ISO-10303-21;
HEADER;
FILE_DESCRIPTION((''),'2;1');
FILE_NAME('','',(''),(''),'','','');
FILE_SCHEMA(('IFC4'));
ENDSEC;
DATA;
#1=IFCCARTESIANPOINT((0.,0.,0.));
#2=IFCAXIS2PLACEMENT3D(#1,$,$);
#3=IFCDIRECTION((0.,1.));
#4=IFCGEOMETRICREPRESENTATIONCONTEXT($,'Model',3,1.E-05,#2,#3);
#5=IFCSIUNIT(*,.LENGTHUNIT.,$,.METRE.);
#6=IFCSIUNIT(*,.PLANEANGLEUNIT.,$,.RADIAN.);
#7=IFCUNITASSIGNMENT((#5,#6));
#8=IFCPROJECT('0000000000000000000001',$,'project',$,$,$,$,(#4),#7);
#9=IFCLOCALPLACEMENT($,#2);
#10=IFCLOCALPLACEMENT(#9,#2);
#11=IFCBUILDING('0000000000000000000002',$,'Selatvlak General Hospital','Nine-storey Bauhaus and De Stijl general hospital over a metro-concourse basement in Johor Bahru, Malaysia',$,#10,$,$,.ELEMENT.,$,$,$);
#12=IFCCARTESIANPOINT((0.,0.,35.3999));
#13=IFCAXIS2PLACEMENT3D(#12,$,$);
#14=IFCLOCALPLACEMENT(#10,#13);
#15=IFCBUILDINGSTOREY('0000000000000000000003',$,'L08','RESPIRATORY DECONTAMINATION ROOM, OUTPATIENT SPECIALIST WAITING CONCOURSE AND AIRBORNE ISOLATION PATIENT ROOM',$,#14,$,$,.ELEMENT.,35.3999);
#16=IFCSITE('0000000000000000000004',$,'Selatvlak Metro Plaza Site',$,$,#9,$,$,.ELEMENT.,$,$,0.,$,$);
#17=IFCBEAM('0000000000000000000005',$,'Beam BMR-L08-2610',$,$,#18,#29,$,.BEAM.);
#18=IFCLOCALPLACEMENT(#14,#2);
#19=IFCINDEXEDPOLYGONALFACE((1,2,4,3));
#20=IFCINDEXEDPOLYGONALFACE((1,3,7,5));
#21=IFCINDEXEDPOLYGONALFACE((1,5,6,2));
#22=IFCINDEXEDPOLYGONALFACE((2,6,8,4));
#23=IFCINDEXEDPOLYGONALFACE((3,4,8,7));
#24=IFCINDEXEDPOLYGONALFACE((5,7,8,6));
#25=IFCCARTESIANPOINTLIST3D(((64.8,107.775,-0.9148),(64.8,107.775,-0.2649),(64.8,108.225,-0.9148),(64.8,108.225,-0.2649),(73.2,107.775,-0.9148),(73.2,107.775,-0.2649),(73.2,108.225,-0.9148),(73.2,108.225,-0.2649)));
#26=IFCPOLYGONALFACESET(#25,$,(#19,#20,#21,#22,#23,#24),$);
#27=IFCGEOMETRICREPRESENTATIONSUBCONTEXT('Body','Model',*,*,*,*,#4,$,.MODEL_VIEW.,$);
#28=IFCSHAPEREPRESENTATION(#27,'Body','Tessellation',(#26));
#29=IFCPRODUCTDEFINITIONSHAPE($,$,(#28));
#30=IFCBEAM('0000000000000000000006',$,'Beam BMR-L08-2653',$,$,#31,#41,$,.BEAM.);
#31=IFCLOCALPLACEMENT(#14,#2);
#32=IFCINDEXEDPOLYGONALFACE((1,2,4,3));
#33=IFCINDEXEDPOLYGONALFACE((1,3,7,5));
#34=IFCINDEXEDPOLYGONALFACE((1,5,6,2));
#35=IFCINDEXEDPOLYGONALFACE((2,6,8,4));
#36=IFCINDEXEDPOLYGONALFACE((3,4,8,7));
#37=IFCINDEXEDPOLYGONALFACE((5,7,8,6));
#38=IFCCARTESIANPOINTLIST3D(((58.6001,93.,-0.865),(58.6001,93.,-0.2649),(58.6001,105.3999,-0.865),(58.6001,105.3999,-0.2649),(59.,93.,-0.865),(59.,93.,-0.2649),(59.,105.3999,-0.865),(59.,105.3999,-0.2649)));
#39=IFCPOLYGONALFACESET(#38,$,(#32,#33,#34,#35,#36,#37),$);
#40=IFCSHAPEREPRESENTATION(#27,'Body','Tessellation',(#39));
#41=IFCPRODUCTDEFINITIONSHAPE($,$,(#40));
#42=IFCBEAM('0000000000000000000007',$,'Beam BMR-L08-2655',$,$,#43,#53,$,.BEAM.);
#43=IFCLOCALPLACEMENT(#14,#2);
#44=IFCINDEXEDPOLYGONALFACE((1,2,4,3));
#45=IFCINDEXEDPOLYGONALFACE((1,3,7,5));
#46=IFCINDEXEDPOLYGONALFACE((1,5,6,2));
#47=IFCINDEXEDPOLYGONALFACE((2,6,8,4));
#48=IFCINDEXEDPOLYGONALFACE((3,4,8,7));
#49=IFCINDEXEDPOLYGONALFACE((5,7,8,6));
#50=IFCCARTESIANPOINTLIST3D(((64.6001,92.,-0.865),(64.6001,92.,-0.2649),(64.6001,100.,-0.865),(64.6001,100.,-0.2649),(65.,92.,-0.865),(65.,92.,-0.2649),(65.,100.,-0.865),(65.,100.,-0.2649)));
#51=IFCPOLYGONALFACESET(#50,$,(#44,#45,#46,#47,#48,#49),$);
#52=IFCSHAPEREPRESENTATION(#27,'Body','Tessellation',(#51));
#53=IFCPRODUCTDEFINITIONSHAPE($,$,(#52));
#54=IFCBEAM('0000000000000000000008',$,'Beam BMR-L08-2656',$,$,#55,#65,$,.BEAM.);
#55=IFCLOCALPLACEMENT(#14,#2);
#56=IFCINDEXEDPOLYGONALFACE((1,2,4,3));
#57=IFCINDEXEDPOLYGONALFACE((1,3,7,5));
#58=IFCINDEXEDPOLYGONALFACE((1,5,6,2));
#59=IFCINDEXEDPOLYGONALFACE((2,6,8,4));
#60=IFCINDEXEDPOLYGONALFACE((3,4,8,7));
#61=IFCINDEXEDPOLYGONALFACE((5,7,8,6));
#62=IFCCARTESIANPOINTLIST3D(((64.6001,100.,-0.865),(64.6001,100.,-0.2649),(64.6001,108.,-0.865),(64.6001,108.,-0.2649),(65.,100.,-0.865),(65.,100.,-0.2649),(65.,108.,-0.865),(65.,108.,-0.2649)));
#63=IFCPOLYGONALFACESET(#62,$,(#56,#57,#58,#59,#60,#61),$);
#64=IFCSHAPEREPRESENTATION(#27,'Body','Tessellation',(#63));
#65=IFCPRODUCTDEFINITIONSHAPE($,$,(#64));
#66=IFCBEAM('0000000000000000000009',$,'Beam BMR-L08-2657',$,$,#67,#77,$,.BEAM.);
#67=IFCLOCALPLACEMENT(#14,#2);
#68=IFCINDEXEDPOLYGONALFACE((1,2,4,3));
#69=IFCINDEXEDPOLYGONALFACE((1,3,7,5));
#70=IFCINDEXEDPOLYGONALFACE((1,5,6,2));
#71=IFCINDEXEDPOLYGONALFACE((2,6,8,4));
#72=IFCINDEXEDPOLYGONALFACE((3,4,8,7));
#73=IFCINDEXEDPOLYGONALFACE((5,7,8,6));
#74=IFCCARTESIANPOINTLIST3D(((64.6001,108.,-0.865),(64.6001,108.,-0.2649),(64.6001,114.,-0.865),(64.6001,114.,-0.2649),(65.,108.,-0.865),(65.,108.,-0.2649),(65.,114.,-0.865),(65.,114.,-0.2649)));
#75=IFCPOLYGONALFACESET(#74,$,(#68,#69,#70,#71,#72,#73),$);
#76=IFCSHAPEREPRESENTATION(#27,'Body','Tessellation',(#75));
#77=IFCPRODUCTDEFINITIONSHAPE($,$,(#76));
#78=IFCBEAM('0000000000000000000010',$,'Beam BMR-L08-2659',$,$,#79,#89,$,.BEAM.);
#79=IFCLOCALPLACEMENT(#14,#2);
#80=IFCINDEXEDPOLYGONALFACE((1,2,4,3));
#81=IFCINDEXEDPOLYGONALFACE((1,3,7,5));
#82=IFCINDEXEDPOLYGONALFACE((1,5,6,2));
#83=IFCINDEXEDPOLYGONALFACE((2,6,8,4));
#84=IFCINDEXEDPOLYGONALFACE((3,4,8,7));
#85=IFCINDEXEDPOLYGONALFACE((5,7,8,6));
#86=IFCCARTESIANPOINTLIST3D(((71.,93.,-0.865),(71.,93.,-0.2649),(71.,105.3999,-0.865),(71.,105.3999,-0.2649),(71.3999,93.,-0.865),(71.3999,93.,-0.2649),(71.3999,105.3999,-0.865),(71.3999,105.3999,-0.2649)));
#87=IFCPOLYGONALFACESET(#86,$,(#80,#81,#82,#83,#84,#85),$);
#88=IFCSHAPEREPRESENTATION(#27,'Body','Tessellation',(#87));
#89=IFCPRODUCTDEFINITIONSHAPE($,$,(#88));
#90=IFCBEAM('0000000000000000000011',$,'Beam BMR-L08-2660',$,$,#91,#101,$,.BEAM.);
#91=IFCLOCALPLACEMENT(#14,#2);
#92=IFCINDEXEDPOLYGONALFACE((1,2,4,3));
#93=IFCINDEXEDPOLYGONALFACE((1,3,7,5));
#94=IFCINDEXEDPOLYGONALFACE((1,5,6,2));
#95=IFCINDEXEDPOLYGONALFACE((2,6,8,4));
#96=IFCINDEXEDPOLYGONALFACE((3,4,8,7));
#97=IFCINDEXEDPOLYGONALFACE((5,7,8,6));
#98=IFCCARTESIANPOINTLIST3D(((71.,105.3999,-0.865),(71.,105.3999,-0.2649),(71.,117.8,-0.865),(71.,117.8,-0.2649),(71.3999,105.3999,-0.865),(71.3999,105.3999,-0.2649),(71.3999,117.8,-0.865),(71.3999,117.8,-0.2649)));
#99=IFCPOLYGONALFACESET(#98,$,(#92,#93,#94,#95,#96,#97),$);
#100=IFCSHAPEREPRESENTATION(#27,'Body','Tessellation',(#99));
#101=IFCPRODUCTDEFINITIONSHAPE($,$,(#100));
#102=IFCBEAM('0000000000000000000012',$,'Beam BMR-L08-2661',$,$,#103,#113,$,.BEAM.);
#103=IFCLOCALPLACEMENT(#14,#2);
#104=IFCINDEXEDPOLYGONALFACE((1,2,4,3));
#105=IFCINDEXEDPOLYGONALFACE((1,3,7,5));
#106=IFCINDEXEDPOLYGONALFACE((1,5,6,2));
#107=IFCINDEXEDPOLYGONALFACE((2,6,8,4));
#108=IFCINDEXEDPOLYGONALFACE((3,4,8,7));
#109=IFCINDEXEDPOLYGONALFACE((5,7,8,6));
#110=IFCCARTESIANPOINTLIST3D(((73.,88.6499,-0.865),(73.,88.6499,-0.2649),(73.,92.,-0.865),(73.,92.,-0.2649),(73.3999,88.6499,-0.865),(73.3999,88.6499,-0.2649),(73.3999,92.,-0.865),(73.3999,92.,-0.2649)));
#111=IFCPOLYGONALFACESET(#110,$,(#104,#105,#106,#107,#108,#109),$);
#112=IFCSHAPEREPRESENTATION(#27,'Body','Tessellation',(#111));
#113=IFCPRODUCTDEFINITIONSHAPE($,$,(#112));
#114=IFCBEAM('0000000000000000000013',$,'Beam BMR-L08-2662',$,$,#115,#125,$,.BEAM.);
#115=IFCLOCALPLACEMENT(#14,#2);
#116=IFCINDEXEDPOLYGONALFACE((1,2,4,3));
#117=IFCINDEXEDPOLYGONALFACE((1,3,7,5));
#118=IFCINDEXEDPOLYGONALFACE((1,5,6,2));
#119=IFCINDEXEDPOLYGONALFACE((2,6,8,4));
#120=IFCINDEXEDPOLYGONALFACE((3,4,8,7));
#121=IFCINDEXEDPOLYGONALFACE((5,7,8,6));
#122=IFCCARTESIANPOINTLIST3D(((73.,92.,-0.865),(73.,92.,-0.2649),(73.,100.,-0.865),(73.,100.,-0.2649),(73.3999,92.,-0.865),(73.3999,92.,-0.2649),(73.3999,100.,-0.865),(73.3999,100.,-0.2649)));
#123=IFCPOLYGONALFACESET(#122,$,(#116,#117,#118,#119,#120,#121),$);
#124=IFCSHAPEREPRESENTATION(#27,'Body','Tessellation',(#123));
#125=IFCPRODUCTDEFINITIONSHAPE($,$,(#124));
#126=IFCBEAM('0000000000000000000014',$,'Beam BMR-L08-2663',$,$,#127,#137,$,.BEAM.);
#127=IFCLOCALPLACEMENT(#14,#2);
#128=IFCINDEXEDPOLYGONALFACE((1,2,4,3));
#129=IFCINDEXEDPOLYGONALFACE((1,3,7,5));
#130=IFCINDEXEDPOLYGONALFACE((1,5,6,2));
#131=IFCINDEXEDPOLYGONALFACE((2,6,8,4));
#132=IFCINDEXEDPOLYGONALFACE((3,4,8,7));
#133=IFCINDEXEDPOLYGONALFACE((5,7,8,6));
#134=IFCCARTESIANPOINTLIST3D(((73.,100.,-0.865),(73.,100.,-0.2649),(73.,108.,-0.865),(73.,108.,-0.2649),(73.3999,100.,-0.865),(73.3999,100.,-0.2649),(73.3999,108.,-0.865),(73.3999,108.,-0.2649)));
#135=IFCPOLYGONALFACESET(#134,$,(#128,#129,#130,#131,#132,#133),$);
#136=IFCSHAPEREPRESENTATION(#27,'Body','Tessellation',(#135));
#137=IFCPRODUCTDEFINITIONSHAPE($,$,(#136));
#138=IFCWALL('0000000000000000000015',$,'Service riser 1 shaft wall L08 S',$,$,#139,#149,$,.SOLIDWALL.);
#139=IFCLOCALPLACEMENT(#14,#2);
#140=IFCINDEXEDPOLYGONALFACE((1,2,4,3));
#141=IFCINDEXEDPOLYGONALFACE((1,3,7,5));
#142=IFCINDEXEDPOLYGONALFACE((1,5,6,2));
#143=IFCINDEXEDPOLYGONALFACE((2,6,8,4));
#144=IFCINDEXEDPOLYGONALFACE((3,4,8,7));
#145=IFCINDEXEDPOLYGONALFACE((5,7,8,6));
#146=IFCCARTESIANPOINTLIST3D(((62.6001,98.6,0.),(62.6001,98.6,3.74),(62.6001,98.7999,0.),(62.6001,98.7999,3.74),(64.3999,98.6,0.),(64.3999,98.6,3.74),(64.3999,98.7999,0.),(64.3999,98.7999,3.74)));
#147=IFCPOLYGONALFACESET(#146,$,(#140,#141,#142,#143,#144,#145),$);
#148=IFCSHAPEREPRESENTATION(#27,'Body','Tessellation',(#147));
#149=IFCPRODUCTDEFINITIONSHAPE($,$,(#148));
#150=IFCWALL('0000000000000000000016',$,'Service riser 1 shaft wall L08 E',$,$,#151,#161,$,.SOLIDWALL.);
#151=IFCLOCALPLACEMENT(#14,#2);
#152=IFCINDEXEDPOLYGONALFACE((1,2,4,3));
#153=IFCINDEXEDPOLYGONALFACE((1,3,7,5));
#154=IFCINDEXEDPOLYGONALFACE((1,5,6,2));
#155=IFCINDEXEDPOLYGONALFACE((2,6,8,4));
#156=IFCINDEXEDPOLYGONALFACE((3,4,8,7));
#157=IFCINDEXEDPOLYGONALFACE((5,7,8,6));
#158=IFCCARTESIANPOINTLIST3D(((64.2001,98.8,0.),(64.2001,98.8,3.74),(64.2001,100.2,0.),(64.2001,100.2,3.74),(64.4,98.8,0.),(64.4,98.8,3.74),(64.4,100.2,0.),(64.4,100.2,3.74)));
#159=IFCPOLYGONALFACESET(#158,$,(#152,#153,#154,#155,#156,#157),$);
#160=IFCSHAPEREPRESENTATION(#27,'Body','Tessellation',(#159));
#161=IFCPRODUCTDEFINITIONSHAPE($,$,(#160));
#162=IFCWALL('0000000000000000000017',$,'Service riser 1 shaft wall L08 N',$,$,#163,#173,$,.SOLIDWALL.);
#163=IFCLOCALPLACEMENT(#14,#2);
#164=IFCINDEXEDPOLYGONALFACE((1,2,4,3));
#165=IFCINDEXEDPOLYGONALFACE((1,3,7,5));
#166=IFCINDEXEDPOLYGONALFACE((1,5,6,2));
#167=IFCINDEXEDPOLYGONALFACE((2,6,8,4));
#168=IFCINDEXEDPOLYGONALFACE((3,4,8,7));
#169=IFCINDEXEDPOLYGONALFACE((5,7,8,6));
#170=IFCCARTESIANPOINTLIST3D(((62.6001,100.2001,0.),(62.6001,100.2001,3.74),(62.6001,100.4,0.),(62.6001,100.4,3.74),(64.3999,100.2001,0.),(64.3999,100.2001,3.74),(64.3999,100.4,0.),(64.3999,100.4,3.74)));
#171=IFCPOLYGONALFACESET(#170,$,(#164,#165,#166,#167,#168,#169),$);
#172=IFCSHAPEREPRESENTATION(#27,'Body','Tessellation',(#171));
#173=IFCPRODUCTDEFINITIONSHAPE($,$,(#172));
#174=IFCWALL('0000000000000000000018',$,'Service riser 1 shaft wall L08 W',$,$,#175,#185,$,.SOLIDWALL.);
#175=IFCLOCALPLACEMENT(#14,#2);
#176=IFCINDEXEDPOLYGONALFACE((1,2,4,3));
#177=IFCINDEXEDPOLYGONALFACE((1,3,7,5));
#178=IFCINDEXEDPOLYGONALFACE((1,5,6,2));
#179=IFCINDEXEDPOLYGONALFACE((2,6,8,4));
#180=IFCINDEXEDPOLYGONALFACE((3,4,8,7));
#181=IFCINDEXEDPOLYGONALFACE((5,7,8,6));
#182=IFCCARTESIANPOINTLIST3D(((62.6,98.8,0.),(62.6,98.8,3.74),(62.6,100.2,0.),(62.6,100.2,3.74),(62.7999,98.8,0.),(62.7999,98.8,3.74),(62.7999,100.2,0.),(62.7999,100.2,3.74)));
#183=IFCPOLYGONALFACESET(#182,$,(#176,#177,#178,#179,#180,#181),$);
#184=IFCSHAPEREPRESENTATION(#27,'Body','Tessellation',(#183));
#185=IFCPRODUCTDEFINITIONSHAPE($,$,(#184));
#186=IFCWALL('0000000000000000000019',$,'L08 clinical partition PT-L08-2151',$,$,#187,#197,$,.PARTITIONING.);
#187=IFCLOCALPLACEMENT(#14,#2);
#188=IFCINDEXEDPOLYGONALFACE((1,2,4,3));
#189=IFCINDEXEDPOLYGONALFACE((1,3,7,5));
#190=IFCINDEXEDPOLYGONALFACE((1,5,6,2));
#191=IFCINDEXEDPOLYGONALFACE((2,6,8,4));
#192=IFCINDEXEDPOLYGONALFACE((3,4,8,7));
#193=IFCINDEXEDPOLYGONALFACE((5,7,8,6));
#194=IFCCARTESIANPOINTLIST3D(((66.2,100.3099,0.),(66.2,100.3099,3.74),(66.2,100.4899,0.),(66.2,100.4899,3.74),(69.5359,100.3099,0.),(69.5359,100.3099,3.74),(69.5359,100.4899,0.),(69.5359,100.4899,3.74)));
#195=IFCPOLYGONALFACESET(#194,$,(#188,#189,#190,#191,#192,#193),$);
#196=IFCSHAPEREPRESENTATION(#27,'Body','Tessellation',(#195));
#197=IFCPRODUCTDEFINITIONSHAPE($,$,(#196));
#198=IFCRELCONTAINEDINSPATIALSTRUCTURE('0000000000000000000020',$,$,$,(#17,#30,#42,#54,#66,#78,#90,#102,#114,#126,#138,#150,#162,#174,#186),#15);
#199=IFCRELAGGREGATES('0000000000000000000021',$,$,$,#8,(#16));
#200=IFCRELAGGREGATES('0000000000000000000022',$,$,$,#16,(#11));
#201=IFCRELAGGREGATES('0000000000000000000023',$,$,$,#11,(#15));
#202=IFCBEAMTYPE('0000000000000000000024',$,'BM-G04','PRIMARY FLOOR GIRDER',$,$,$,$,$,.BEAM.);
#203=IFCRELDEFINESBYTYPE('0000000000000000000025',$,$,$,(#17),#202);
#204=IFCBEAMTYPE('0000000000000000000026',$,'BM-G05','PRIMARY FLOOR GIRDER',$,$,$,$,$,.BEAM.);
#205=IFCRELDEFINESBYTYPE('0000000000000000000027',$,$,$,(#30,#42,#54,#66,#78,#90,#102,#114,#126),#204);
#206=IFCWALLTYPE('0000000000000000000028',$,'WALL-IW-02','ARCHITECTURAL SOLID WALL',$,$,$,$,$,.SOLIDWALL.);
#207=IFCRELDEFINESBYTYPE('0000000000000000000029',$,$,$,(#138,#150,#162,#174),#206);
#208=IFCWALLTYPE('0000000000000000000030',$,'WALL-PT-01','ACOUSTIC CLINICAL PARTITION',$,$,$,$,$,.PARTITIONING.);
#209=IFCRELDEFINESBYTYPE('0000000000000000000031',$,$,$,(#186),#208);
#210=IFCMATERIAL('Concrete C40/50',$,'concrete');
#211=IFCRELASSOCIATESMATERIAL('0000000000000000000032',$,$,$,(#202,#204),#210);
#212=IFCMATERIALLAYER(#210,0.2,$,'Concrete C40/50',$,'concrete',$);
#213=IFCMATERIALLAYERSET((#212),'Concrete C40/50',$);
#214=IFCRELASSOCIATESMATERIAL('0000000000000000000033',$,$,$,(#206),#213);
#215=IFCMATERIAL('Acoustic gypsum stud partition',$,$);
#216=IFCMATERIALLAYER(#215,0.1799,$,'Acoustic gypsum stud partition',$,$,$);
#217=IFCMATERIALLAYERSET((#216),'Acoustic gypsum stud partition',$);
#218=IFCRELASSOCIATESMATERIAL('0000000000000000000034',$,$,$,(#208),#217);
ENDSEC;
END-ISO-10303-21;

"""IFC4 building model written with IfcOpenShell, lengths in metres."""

from ifc_helpers import new_model, si_unit, direction, frame, frame_2d, origin, origin_2d, place, context, subcontext, project, spatial, rectangle, extrude, material, layer, layer_set, material_profile, profile_set, type_object, element, save


model = new_model("IFC4")

# Units and contexts
model_context = context("Model", 3, precision=1e-05, world=origin(), true_north=direction((0.0, 1.0)))
body_context = subcontext(model_context, "Body", "Model", "MODEL_VIEW")
ifc_project = project(units=[si_unit("LENGTHUNIT", "METRE"), si_unit("PLANEANGLEUNIT", "RADIAN")], contexts=[model_context])

# Site, building, storey
site_placement = place(None, origin())
site = spatial("IfcSite", under=ifc_project, at=site_placement, Name="Selatvlak Metro Plaza Site", CompositionType="ELEMENT", RefElevation=0.0)
building_placement = place(site_placement, origin())
building = spatial("IfcBuilding", under=site, at=building_placement, Name="Selatvlak General Hospital", Description="Nine-storey Bauhaus and De Stijl general hospital over a metro-concourse basement in Johor Bahru, Malaysia", CompositionType="ELEMENT")
storey_placement = place(building_placement, frame((0.0, 0.0, 35.3999)))
storey = spatial("IfcBuildingStorey", under=building, at=storey_placement, Name="L08", Description="RESPIRATORY DECONTAMINATION ROOM, OUTPATIENT SPECIALIST WAITING CONCOURSE AND AIRBORNE ISOLATION PATIENT ROOM", CompositionType="ELEMENT", Elevation=35.3999)

# Shared definitions
ifc_material_1 = material(Name="Concrete C40/50", Category="concrete")

# Beams
ifc_material_profile_1 = material_profile(ifc_material_1, rectangle(XDim=0.45, YDim=0.6499, at=origin_2d()), Name="RC-BM 450x650")
ifc_profile_set_1 = profile_set([ifc_material_profile_1], Name="Concrete C40/50")
beam_type_1 = type_object("IfcBeamType", Name="BM-G04", Description="PRIMARY FLOOR GIRDER", PredefinedType="BEAM", material=ifc_profile_set_1)
beam_1_placement = place(storey_placement, frame((64.8, 108.0, -0.5898), z_axis=(1.0, 0.0, 0.0), x_axis=(0.0, 1.0, 0.0)))
element("IfcBeam", 1, at=beam_1_placement, inside=storey, type_object=beam_type_1, Name="Beam BMR-L08-2610", PredefinedType="BEAM", context=body_context, shape_type="SweptSolid", body=[
    extrude(rectangle(XDim=0.45, YDim=0.6499, at=origin_2d()), origin(), (0.0, 0.0, 1.0), 8.3999),
])
ifc_material_profile_2 = material_profile(ifc_material_1, rectangle(XDim=0.3999, YDim=0.6001, at=origin_2d()), Name="RC-BM 400x600")
ifc_profile_set_2 = profile_set([ifc_material_profile_2], Name="Concrete C40/50")
beam_type_2 = type_object("IfcBeamType", Name="BM-G05", Description="PRIMARY FLOOR GIRDER", PredefinedType="BEAM", material=ifc_profile_set_2)
beam_2_placement = place(storey_placement, frame((58.8, 93.0, -0.5649), z_axis=(0.0, 1.0, 0.0), x_axis=(-1.0, 0.0, 0.0)))
element("IfcBeam", 2, at=beam_2_placement, inside=storey, type_object=beam_type_2, Name="Beam BMR-L08-2653", PredefinedType="BEAM", context=body_context, shape_type="SweptSolid", body=[
    extrude(rectangle(XDim=0.3999, YDim=0.6001, at=origin_2d()), origin(), (0.0, 0.0, 1.0), 12.3999),
])
for number, where, z_axis, x_axis, name in (
    (3, (64.8, 92.0, -0.5649), (0.0, 1.0, 0.0), (-1.0, 0.0, 0.0), "Beam BMR-L08-2655"),
    (4, (64.8, 100.0, -0.5649), (0.0, 1.0, 0.0), (-1.0, 0.0, 0.0), "Beam BMR-L08-2656"),
):
    element("IfcBeam", number, at=place(storey_placement, frame(where, z_axis=z_axis, x_axis=x_axis)), inside=storey, type_object=beam_type_2, Name=name, PredefinedType="BEAM", context=body_context, shape_type="SweptSolid", body=[
        extrude(rectangle(XDim=0.3999, YDim=0.6001, at=origin_2d()), origin(), (0.0, 0.0, 1.0), 8.0),
    ])
beam_3_placement = place(storey_placement, frame((64.8, 108.0, -0.5649), z_axis=(0.0, 1.0, 0.0), x_axis=(-1.0, 0.0, 0.0)))
element("IfcBeam", 5, at=beam_3_placement, inside=storey, type_object=beam_type_2, Name="Beam BMR-L08-2657", PredefinedType="BEAM", context=body_context, shape_type="SweptSolid", body=[
    extrude(rectangle(XDim=0.3999, YDim=0.6001, at=origin_2d()), origin(), (0.0, 0.0, 1.0), 6.0),
])
beam_4_placement = place(storey_placement, frame((71.2, 93.0, -0.5649), z_axis=(0.0, 1.0, 0.0), x_axis=(-1.0, 0.0, 0.0)))
element("IfcBeam", 6, at=beam_4_placement, inside=storey, type_object=beam_type_2, Name="Beam BMR-L08-2659", PredefinedType="BEAM", context=body_context, shape_type="SweptSolid", body=[
    extrude(rectangle(XDim=0.3999, YDim=0.6001, at=origin_2d()), origin(), (0.0, 0.0, 1.0), 12.3999),
])
beam_5_placement = place(storey_placement, frame((71.2, 105.3999, -0.5649), z_axis=(0.0, 1.0, 0.0), x_axis=(-1.0, 0.0, 0.0)))
element("IfcBeam", 7, at=beam_5_placement, inside=storey, type_object=beam_type_2, Name="Beam BMR-L08-2660", PredefinedType="BEAM", context=body_context, shape_type="SweptSolid", body=[
    extrude(rectangle(XDim=0.3999, YDim=0.6001, at=origin_2d()), origin(), (0.0, 0.0, 1.0), 12.4001),
])
beam_6_placement = place(storey_placement, frame((73.2, 88.6499, -0.5649), z_axis=(0.0, 1.0, 0.0), x_axis=(-1.0, 0.0, 0.0)))
element("IfcBeam", 8, at=beam_6_placement, inside=storey, type_object=beam_type_2, Name="Beam BMR-L08-2661", PredefinedType="BEAM", context=body_context, shape_type="SweptSolid", body=[
    extrude(rectangle(XDim=0.3999, YDim=0.6001, at=origin_2d()), origin(), (0.0, 0.0, 1.0), 3.3501),
])
for number, where, z_axis, x_axis, name in (
    (9, (73.2, 92.0, -0.5649), (0.0, 1.0, 0.0), (-1.0, 0.0, 0.0), "Beam BMR-L08-2662"),
    (10, (73.2, 100.0, -0.5649), (0.0, 1.0, 0.0), (-1.0, 0.0, 0.0), "Beam BMR-L08-2663"),
):
    element("IfcBeam", number, at=place(storey_placement, frame(where, z_axis=z_axis, x_axis=x_axis)), inside=storey, type_object=beam_type_2, Name=name, PredefinedType="BEAM", context=body_context, shape_type="SweptSolid", body=[
        extrude(rectangle(XDim=0.3999, YDim=0.6001, at=origin_2d()), origin(), (0.0, 0.0, 1.0), 8.0),
    ])

# Walls
ifc_layer_1 = layer(ifc_material_1, 0.2, Name="Concrete C40/50", Category="concrete")
ifc_layer_set_1 = layer_set([ifc_layer_1], Name="Concrete C40/50")
wall_type_1 = type_object("IfcWallType", Name="WALL-IW-02", Description="ARCHITECTURAL SOLID WALL", PredefinedType="SOLIDWALL", material=ifc_layer_set_1)
wall_1_placement = place(storey_placement, frame((62.6001, 98.7, 0.0), z_axis=(0.0, 0.0, 1.0), x_axis=(1.0, 0.0, 0.0)))
element("IfcWall", 11, at=wall_1_placement, inside=storey, type_object=wall_type_1, Name="Service riser 1 shaft wall L08 S", PredefinedType="SOLIDWALL", context=body_context, shape_type="SweptSolid", body=[
    extrude(rectangle(XDim=1.7998, YDim=0.2, at=frame_2d((0.8999, 0.0))), origin(), (0.0, 0.0, 1.0), 3.74),
])
wall_2_placement = place(storey_placement, frame((64.3, 98.8, 0.0), z_axis=(0.0, 0.0, 1.0), x_axis=(0.0, 1.0, 0.0)))
element("IfcWall", 12, at=wall_2_placement, inside=storey, type_object=wall_type_1, Name="Service riser 1 shaft wall L08 E", PredefinedType="SOLIDWALL", context=body_context, shape_type="SweptSolid", body=[
    extrude(rectangle(XDim=1.3999, YDim=0.2, at=frame_2d((0.7, 0.0))), origin(), (0.0, 0.0, 1.0), 3.74),
])
wall_3_placement = place(storey_placement, frame((64.3999, 100.3, 0.0), z_axis=(0.0, 0.0, 1.0), x_axis=(-1.0, 0.0, 0.0)))
element("IfcWall", 13, at=wall_3_placement, inside=storey, type_object=wall_type_1, Name="Service riser 1 shaft wall L08 N", PredefinedType="SOLIDWALL", context=body_context, shape_type="SweptSolid", body=[
    extrude(rectangle(XDim=1.7998, YDim=0.2, at=frame_2d((0.8999, 0.0))), origin(), (0.0, 0.0, 1.0), 3.74),
])
wall_4_placement = place(storey_placement, frame((62.7, 100.2, 0.0), z_axis=(0.0, 0.0, 1.0), x_axis=(0.0, -1.0, 0.0)))
element("IfcWall", 14, at=wall_4_placement, inside=storey, type_object=wall_type_1, Name="Service riser 1 shaft wall L08 W", PredefinedType="SOLIDWALL", context=body_context, shape_type="SweptSolid", body=[
    extrude(rectangle(XDim=1.3999, YDim=0.2, at=frame_2d((0.7, 0.0))), origin(), (0.0, 0.0, 1.0), 3.74),
])
ifc_material_2 = material(Name="Acoustic gypsum stud partition")
ifc_layer_2 = layer(ifc_material_2, 0.1799, Name="Acoustic gypsum stud partition")
ifc_layer_set_2 = layer_set([ifc_layer_2], Name="Acoustic gypsum stud partition")
wall_type_2 = type_object("IfcWallType", Name="WALL-PT-01", Description="ACOUSTIC CLINICAL PARTITION", PredefinedType="PARTITIONING", material=ifc_layer_set_2)
wall_5_placement = place(storey_placement, frame((69.5359, 100.3999, 0.0), z_axis=(0.0, 0.0, 1.0), x_axis=(-1.0, 0.0, 0.0)))
element("IfcWall", 15, at=wall_5_placement, inside=storey, type_object=wall_type_2, Name="L08 clinical partition PT-L08-2151", PredefinedType="PARTITIONING", context=body_context, shape_type="SweptSolid", body=[
    extrude(rectangle(XDim=3.3359, YDim=0.1799, at=frame_2d((1.668, 0.0))), origin(), (0.0, 0.0, 1.0), 3.74),
])

save(model, "model.ifc")
